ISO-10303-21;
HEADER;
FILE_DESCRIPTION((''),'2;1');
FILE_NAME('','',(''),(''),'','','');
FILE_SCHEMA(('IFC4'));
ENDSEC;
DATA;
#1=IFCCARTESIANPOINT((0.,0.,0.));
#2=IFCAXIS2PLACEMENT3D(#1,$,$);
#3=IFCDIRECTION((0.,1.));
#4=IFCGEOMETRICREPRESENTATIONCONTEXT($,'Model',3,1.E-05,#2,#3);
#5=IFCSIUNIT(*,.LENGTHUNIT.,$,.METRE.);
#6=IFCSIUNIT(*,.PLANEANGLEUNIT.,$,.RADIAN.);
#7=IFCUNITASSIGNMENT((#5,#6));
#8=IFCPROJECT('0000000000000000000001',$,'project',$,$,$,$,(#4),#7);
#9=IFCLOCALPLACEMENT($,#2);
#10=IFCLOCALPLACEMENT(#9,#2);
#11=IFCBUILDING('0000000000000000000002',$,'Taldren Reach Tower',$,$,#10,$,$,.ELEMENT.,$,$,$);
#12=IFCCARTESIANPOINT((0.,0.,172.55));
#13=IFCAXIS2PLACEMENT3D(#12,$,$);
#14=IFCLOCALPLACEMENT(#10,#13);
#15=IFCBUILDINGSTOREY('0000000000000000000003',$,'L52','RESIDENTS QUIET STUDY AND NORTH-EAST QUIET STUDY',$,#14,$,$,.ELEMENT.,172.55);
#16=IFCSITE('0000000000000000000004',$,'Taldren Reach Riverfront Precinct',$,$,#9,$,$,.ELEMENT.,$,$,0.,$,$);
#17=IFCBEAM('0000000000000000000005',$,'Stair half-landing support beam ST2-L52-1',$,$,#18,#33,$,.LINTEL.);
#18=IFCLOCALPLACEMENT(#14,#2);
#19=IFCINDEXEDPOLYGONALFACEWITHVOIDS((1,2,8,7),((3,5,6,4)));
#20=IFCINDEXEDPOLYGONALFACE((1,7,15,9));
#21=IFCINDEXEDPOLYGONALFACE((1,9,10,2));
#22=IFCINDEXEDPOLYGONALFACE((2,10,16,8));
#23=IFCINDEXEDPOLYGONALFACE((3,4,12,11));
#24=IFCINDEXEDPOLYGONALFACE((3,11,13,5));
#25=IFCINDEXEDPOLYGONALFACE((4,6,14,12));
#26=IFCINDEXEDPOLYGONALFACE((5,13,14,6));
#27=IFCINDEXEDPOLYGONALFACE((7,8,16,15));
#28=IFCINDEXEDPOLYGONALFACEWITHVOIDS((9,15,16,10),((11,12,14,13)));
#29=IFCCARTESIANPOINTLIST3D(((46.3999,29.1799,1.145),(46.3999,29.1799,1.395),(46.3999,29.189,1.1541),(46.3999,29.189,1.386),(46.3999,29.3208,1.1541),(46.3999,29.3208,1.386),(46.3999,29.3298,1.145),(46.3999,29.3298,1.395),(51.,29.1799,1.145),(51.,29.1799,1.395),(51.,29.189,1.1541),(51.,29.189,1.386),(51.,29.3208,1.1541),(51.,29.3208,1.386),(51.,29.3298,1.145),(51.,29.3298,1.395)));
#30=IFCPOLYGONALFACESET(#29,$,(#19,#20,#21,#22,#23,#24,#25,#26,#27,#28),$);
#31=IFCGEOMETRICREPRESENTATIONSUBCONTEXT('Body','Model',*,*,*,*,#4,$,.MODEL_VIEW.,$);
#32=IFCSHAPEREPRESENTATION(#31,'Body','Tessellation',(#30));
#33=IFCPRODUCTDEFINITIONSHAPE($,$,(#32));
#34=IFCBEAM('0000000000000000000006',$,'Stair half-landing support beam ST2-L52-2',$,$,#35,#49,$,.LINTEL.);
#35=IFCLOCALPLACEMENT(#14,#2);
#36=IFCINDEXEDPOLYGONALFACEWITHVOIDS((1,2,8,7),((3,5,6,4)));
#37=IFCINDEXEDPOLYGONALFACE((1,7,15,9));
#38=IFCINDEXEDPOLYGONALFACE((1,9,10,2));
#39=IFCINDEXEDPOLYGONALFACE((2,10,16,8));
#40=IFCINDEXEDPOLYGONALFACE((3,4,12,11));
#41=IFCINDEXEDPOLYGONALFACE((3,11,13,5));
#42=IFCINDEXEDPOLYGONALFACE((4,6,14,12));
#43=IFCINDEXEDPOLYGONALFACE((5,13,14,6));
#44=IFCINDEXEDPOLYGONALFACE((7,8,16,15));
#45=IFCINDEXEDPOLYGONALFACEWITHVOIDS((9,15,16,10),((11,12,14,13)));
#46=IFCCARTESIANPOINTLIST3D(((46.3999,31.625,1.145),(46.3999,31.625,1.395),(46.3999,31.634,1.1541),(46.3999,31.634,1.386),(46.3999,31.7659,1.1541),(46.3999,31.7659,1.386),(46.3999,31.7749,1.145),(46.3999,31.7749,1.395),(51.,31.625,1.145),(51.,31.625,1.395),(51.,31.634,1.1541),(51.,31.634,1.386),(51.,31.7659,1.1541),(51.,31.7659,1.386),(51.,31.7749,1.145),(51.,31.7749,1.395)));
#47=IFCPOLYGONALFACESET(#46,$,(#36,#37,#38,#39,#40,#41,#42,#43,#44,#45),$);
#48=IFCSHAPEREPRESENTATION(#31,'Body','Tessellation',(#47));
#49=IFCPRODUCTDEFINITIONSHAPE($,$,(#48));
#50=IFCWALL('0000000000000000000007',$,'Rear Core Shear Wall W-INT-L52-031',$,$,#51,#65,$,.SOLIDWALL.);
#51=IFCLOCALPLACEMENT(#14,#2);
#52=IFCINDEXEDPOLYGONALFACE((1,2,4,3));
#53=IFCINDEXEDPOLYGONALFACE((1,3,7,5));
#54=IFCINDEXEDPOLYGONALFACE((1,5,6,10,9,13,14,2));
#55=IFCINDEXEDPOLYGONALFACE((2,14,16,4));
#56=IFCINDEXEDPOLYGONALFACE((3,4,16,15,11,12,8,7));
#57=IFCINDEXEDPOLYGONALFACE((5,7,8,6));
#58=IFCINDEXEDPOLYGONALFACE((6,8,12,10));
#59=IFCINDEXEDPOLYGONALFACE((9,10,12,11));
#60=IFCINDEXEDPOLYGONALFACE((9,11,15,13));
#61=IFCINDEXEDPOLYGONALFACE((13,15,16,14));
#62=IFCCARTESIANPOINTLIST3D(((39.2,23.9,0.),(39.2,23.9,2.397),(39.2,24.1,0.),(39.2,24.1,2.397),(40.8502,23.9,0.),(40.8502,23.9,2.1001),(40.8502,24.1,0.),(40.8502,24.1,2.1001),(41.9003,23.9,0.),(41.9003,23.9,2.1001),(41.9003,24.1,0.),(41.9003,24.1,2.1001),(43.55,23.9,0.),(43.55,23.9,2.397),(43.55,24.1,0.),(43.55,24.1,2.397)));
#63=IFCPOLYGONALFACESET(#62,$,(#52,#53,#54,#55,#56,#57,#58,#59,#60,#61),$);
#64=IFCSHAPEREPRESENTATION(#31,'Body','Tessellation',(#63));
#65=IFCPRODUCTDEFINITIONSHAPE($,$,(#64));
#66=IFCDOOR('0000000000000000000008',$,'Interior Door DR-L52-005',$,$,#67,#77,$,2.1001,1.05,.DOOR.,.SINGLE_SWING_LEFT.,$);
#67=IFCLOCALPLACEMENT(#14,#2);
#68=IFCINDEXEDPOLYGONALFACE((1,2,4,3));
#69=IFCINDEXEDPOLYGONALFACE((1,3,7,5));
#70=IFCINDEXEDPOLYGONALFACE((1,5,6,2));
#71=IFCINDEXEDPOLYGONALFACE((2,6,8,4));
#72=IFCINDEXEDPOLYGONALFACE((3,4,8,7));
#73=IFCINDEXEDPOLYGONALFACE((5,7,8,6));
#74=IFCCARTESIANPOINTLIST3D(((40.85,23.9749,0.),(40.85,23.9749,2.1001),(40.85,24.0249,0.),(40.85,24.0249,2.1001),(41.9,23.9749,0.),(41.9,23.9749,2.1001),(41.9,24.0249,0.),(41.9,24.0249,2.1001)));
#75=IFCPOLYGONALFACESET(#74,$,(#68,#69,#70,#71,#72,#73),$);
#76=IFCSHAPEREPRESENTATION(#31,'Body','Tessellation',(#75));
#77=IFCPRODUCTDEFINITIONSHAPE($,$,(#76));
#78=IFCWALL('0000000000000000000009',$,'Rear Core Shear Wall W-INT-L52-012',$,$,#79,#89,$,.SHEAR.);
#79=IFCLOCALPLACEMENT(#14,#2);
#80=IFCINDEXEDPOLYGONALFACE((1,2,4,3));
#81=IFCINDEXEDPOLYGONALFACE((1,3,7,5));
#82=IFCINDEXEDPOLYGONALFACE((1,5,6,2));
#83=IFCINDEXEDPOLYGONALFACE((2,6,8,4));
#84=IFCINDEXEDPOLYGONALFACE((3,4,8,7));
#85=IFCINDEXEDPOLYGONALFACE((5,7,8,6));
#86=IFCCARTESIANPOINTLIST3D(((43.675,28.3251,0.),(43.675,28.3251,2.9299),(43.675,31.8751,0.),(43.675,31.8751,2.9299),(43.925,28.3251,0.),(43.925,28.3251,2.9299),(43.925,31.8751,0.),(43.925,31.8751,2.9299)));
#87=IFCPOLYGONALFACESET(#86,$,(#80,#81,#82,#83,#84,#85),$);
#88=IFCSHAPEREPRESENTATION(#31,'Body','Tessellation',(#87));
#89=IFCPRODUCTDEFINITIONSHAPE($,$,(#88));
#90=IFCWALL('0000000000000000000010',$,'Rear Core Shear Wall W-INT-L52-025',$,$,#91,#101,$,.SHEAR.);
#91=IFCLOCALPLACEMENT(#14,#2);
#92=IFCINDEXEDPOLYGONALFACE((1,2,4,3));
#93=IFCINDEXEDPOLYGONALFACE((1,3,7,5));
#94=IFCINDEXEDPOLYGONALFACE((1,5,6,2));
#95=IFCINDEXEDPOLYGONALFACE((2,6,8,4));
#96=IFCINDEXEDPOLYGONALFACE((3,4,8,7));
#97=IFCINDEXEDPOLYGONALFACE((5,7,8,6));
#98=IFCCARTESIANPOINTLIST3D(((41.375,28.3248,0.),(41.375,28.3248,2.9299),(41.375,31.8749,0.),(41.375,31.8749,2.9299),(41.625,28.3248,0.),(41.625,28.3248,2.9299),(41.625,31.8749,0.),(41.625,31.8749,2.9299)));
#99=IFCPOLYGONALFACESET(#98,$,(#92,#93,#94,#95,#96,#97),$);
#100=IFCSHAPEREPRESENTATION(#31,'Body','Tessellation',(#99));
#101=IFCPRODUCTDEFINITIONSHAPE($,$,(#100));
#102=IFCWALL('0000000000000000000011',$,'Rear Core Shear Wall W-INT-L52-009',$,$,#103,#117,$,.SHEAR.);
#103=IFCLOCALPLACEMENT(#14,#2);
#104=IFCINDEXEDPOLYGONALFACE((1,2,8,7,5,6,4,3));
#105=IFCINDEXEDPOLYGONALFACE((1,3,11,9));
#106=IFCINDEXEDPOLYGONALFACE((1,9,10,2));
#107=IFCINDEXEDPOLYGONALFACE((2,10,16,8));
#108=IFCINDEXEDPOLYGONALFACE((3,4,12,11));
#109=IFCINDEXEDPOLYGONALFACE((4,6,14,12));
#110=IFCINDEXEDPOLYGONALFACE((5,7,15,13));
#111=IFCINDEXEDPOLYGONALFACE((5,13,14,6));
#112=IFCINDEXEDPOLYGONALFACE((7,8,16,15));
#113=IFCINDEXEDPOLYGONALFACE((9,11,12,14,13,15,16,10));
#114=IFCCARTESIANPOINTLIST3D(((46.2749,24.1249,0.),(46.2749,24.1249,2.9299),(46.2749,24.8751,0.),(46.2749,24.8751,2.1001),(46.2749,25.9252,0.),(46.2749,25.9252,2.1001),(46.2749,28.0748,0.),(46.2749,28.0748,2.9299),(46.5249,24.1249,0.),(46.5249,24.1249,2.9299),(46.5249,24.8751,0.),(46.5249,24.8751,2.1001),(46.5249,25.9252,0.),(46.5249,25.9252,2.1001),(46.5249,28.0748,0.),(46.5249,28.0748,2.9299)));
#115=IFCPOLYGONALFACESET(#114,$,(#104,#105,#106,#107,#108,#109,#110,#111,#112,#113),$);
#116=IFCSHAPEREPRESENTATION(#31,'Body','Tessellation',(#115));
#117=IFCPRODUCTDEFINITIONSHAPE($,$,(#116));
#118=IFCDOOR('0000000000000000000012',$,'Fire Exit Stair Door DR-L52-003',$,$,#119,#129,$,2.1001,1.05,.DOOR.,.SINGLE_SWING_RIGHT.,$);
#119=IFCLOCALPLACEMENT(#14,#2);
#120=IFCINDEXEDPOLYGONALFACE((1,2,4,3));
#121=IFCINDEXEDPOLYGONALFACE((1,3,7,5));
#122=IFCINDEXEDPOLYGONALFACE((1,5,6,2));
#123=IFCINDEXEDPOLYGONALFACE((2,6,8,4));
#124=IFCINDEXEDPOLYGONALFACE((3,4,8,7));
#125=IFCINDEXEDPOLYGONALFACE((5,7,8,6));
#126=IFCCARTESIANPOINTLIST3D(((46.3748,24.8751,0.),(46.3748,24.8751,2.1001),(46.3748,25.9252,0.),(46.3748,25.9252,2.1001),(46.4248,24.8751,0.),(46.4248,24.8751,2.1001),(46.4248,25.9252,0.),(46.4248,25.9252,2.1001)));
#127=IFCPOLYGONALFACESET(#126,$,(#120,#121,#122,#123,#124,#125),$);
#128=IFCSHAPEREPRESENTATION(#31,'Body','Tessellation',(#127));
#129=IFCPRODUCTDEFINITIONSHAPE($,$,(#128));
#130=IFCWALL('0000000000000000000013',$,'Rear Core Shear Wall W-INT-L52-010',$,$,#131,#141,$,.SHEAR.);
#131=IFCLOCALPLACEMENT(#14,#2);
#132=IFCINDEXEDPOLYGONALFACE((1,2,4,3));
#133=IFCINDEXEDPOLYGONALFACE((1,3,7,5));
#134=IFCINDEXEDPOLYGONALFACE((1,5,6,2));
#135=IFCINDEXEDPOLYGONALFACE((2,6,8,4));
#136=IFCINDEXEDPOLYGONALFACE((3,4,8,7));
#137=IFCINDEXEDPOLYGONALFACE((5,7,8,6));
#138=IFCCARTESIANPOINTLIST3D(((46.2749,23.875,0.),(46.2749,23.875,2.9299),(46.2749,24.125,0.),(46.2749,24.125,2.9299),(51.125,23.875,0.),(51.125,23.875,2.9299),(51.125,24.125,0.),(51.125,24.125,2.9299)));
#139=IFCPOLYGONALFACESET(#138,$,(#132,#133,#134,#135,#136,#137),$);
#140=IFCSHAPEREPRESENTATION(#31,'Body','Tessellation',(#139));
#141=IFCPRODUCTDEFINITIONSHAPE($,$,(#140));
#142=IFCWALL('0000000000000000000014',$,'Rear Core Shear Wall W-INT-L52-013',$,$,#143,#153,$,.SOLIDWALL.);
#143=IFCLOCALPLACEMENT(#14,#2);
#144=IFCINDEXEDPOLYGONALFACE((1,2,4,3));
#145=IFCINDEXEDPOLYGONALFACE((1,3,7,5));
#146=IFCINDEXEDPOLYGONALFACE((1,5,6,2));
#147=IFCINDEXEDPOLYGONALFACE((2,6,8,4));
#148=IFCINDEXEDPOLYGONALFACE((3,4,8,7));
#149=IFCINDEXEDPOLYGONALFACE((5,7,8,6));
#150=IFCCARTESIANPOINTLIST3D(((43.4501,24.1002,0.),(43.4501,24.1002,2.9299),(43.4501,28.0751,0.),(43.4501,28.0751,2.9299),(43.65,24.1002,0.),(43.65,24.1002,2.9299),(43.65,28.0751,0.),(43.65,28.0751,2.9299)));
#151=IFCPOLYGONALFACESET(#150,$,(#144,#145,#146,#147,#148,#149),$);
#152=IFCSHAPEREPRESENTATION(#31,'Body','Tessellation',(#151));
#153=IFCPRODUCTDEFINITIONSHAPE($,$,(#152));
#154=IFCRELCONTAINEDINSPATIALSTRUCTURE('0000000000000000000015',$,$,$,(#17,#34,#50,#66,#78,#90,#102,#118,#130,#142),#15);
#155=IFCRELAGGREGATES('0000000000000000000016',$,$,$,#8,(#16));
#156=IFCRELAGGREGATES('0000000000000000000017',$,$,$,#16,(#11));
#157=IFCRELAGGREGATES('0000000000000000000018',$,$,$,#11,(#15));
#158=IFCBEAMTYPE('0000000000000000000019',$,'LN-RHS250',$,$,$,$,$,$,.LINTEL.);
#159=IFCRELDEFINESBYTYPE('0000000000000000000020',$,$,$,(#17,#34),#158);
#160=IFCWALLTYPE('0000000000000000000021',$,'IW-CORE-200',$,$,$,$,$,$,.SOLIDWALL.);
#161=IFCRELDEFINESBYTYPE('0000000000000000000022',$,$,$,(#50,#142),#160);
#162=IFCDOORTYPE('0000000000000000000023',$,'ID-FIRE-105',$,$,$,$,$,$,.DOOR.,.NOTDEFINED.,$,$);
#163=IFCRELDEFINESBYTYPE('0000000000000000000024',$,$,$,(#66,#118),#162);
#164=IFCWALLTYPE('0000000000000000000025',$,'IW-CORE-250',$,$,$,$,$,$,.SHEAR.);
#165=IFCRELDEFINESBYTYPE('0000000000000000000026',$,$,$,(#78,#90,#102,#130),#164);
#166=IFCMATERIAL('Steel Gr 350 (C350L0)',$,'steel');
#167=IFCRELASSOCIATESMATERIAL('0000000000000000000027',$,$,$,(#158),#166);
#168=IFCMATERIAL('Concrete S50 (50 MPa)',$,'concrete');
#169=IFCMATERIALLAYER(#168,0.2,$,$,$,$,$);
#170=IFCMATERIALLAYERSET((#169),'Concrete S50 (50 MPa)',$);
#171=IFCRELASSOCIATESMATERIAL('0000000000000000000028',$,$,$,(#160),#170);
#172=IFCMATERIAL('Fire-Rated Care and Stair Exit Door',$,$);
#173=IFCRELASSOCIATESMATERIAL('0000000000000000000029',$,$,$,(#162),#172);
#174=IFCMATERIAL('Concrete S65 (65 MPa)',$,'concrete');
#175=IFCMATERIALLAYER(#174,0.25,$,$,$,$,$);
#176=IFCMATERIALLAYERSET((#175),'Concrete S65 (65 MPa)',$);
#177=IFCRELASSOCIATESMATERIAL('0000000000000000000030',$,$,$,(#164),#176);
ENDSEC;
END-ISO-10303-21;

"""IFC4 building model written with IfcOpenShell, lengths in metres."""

from ifc_helpers import new_model, si_unit, direction, frame, frame_2d, origin, origin_2d, place, context, subcontext, project, spatial, rectangle, hollow_rectangle, extrude, source, transform, mapped, material, layer, layer_set, material_profile, profile_set, type_object, element, fill, save


model = new_model("IFC4")

# Units and contexts
model_context = context("Model", 3, precision=1e-05, world=origin(), true_north=direction((0.0, 1.0)))
body_context = subcontext(model_context, "Body", "Model", "MODEL_VIEW")
ifc_project = project(units=[si_unit("LENGTHUNIT", "METRE"), si_unit("PLANEANGLEUNIT", "RADIAN")], contexts=[model_context])

# Site, building, storey
site_placement = place(None, origin())
site = spatial("IfcSite", under=ifc_project, at=site_placement, Name="Taldren Reach Riverfront Precinct", CompositionType="ELEMENT", RefElevation=0.0)
building_placement = place(site_placement, origin())
building = spatial("IfcBuilding", under=site, at=building_placement, Name="Taldren Reach Tower", CompositionType="ELEMENT")
storey_placement = place(building_placement, frame((0.0, 0.0, 172.55)))
storey = spatial("IfcBuildingStorey", under=building, at=storey_placement, Name="L52", Description="RESIDENTS QUIET STUDY AND NORTH-EAST QUIET STUDY", CompositionType="ELEMENT", Elevation=172.55)

# Beams
ifc_material_1 = material(Name="Steel Gr 350 (C350L0)", Category="steel")
ifc_material_profile = material_profile(ifc_material_1, hollow_rectangle(XDim=0.1499, YDim=0.25, WallThickness=0.009, at=origin_2d()), Name="250x150x9.0RHS")
ifc_profile_set = profile_set([ifc_material_profile], Name="Steel Gr 350 (C350L0)")
beam_type = type_object("IfcBeamType", Name="LN-RHS250", PredefinedType="LINTEL", material=ifc_profile_set)
shared_shape_1 = source(origin(), body_context, "Body", "SweptSolid", [
    extrude(hollow_rectangle(XDim=0.1499, YDim=0.25, WallThickness=0.009, at=origin_2d()), origin(), (0.0, 0.0, 1.0), 4.6001),
])
for number, where, z_axis, x_axis, name in (
    (1, (46.3999, 29.2549, 1.27), (1.0, 0.0, 0.0), (0.0, 1.0, 0.0), "Stair half-landing support beam ST2-L52-1"),
    (2, (46.3999, 31.7, 1.27), (1.0, 0.0, 0.0), (0.0, 1.0, 0.0), "Stair half-landing support beam ST2-L52-2"),
):
    element("IfcBeam", number, at=place(storey_placement, frame(where, z_axis=z_axis, x_axis=x_axis)), inside=storey, type_object=beam_type, Name=name, PredefinedType="LINTEL", context=body_context, shape_type="MappedRepresentation", body=[
        mapped(shared_shape_1, transform((0.0, 0.0, 0.0), scale=1.0)),
    ])

# Wall, opening, door
ifc_material_2 = material(Name="Concrete S50 (50 MPa)", Category="concrete")
ifc_layer_1 = layer(ifc_material_2, 0.2)
ifc_layer_set_1 = layer_set([ifc_layer_1], Name="Concrete S50 (50 MPa)")
wall_type_1 = type_object("IfcWallType", Name="IW-CORE-200", PredefinedType="SOLIDWALL", material=ifc_layer_set_1)
shared_shape_2 = source(origin(), body_context, "Body", "SweptSolid", [
    extrude(rectangle(XDim=4.3501, YDim=0.2, at=frame_2d((2.175, 0.0))), origin(), (0.0, 0.0, 1.0), 2.397),
])
wall_1_placement = place(storey_placement, frame((43.55, 24.0, 0.0), z_axis=(0.0, 0.0, 1.0), x_axis=(-1.0, 0.0, 0.0)))
wall_1 = element("IfcWall", 3, at=wall_1_placement, inside=storey, type_object=wall_type_1, Name="Rear Core Shear Wall W-INT-L52-031", PredefinedType="SOLIDWALL", context=body_context, shape_type="MappedRepresentation", body=[
    mapped(shared_shape_2, transform((0.0, 0.0, 0.0), scale=1.0)),
])
shared_shape_3 = source(origin(), body_context, "Body", "SweptSolid", [
    extrude(rectangle(XDim=1.05, YDim=2.1001, at=frame_2d((0.5249, 1.05))), frame((0.0, 0.1099, 0.0), z_axis=(0.0, -1.0, 0.0), x_axis=(1.0, 0.0, 0.0)), (0.0, 0.0, 1.0), 0.22),
])
opening_1_placement = place(wall_1_placement, frame((1.6499, 0.0, 0.0)))
opening_1 = element("IfcOpeningElement", 4, at=opening_1_placement, cuts=wall_1, PredefinedType="OPENING", context=body_context, shape_type="MappedRepresentation", body=[
    mapped(shared_shape_3, transform((0.0, 0.0, 0.0), scale=1.0)),
])
ifc_material_3 = material(Name="Fire-Rated Care and Stair Exit Door")
door_type_1 = type_object("IfcDoorType", Name="ID-FIRE-105", OperationType="NOTDEFINED", PredefinedType="DOOR", material=ifc_material_3)
shared_shape_4 = source(origin(), body_context, "Body", "SweptSolid", [
    extrude(rectangle(XDim=1.05, YDim=2.1001, at=frame_2d((0.5249, 1.05))), frame((0.0, 0.0249, 0.0), z_axis=(0.0, -1.0, 0.0), x_axis=(1.0, 0.0, 0.0)), (0.0, 0.0, 1.0), 0.05),
])
door_1_placement = place(opening_1_placement, frame((1.05, 0.0, 0.0), z_axis=(0.0, 0.0, 1.0), x_axis=(-1.0, 0.0, 0.0)))
door_1 = element("IfcDoor", 5, at=door_1_placement, inside=storey, type_object=door_type_1, Name="Interior Door DR-L52-005", OperationType="SINGLE_SWING_LEFT", OverallHeight=2.1001, OverallWidth=1.05, PredefinedType="DOOR", context=body_context, shape_type="MappedRepresentation", body=[
    mapped(shared_shape_4, transform((0.0, 0.0, 0.0), scale=1.0)),
])
fill(opening_1, door_1)

# Walls
ifc_material_4 = material(Name="Concrete S65 (65 MPa)", Category="concrete")
ifc_layer_2 = layer(ifc_material_4, 0.25)
ifc_layer_set_2 = layer_set([ifc_layer_2], Name="Concrete S65 (65 MPa)")
wall_type_2 = type_object("IfcWallType", Name="IW-CORE-250", PredefinedType="SHEAR", material=ifc_layer_set_2)
shared_shape_5 = source(origin(), body_context, "Body", "SweptSolid", [
    extrude(rectangle(XDim=3.55, YDim=0.25, at=frame_2d((1.7749, 0.0))), origin(), (0.0, 0.0, 1.0), 2.9299),
])
for number, where, z_axis, x_axis, name in (
    (6, (43.8, 31.875, 0.0), (0.0, 0.0, 1.0), (0.0, -1.0, 0.0), "Rear Core Shear Wall W-INT-L52-012"),
    (7, (41.5, 28.325, 0.0), (0.0, 0.0, 1.0), (0.0, 1.0, 0.0), "Rear Core Shear Wall W-INT-L52-025"),
):
    element("IfcWall", number, at=place(storey_placement, frame(where, z_axis=z_axis, x_axis=x_axis)), inside=storey, type_object=wall_type_2, Name=name, PredefinedType="SHEAR", context=body_context, shape_type="MappedRepresentation", body=[
        mapped(shared_shape_5, transform((0.0, 0.0, 0.0), scale=1.0)),
    ])

# Wall, opening, door
shared_shape_6 = source(origin(), body_context, "Body", "SweptSolid", [
    extrude(rectangle(XDim=3.95, YDim=0.25, at=frame_2d((1.9751, 0.0))), origin(), (0.0, 0.0, 1.0), 2.9299),
])
wall_2_placement = place(storey_placement, frame((46.3999, 28.075, 0.0), z_axis=(0.0, 0.0, 1.0), x_axis=(0.0, -1.0, 0.0)))
wall_2 = element("IfcWall", 8, at=wall_2_placement, inside=storey, type_object=wall_type_2, Name="Rear Core Shear Wall W-INT-L52-009", PredefinedType="SHEAR", context=body_context, shape_type="MappedRepresentation", body=[
    mapped(shared_shape_6, transform((0.0, 0.0, 0.0), scale=1.0)),
])
shared_shape_7 = source(origin(), body_context, "Body", "SweptSolid", [
    extrude(rectangle(XDim=1.05, YDim=2.1001, at=frame_2d((0.5249, 1.05))), frame((0.0, 0.135, 0.0), z_axis=(0.0, -1.0, 0.0), x_axis=(1.0, 0.0, 0.0)), (0.0, 0.0, 1.0), 0.27),
])
opening_2_placement = place(wall_2_placement, frame((2.1499, 0.0, 0.0)))
opening_2 = element("IfcOpeningElement", 9, at=opening_2_placement, cuts=wall_2, PredefinedType="OPENING", context=body_context, shape_type="MappedRepresentation", body=[
    mapped(shared_shape_7, transform((0.0, 0.0, 0.0), scale=1.0)),
])
door_2_placement = place(opening_2_placement, origin())
door_2 = element("IfcDoor", 10, at=door_2_placement, inside=storey, type_object=door_type_1, Name="Fire Exit Stair Door DR-L52-003", OperationType="SINGLE_SWING_RIGHT", OverallHeight=2.1001, OverallWidth=1.05, PredefinedType="DOOR", context=body_context, shape_type="MappedRepresentation", body=[
    mapped(shared_shape_4, transform((0.0, 0.0, 0.0), scale=1.0)),
])
fill(opening_2, door_2)

# Wall
shared_shape_8 = source(origin(), body_context, "Body", "SweptSolid", [
    extrude(rectangle(XDim=4.8501, YDim=0.25, at=frame_2d((2.425, 0.0))), origin(), (0.0, 0.0, 1.0), 2.9299),
])
wall_3_placement = place(storey_placement, frame((46.2749, 24.0, 0.0), z_axis=(0.0, 0.0, 1.0), x_axis=(1.0, 0.0, 0.0)))
element("IfcWall", 11, at=wall_3_placement, inside=storey, type_object=wall_type_2, Name="Rear Core Shear Wall W-INT-L52-010", PredefinedType="SHEAR", context=body_context, shape_type="MappedRepresentation", body=[
    mapped(shared_shape_8, transform((0.0, 0.0, 0.0), scale=1.0)),
])

# Wall
shared_shape_9 = source(origin(), body_context, "Body", "SweptSolid", [
    extrude(rectangle(XDim=3.9749, YDim=0.2, at=frame_2d((1.9873, 0.0))), origin(), (0.0, 0.0, 1.0), 2.9299),
])
wall_4_placement = place(storey_placement, frame((43.55, 28.075, 0.0), z_axis=(0.0, 0.0, 1.0), x_axis=(0.0, -1.0, 0.0)))
element("IfcWall", 12, at=wall_4_placement, inside=storey, type_object=wall_type_1, Name="Rear Core Shear Wall W-INT-L52-013", PredefinedType="SOLIDWALL", context=body_context, shape_type="MappedRepresentation", body=[
    mapped(shared_shape_9, transform((0.0, 0.0, 0.0), scale=1.0)),
])

save(model, "model.ifc")
